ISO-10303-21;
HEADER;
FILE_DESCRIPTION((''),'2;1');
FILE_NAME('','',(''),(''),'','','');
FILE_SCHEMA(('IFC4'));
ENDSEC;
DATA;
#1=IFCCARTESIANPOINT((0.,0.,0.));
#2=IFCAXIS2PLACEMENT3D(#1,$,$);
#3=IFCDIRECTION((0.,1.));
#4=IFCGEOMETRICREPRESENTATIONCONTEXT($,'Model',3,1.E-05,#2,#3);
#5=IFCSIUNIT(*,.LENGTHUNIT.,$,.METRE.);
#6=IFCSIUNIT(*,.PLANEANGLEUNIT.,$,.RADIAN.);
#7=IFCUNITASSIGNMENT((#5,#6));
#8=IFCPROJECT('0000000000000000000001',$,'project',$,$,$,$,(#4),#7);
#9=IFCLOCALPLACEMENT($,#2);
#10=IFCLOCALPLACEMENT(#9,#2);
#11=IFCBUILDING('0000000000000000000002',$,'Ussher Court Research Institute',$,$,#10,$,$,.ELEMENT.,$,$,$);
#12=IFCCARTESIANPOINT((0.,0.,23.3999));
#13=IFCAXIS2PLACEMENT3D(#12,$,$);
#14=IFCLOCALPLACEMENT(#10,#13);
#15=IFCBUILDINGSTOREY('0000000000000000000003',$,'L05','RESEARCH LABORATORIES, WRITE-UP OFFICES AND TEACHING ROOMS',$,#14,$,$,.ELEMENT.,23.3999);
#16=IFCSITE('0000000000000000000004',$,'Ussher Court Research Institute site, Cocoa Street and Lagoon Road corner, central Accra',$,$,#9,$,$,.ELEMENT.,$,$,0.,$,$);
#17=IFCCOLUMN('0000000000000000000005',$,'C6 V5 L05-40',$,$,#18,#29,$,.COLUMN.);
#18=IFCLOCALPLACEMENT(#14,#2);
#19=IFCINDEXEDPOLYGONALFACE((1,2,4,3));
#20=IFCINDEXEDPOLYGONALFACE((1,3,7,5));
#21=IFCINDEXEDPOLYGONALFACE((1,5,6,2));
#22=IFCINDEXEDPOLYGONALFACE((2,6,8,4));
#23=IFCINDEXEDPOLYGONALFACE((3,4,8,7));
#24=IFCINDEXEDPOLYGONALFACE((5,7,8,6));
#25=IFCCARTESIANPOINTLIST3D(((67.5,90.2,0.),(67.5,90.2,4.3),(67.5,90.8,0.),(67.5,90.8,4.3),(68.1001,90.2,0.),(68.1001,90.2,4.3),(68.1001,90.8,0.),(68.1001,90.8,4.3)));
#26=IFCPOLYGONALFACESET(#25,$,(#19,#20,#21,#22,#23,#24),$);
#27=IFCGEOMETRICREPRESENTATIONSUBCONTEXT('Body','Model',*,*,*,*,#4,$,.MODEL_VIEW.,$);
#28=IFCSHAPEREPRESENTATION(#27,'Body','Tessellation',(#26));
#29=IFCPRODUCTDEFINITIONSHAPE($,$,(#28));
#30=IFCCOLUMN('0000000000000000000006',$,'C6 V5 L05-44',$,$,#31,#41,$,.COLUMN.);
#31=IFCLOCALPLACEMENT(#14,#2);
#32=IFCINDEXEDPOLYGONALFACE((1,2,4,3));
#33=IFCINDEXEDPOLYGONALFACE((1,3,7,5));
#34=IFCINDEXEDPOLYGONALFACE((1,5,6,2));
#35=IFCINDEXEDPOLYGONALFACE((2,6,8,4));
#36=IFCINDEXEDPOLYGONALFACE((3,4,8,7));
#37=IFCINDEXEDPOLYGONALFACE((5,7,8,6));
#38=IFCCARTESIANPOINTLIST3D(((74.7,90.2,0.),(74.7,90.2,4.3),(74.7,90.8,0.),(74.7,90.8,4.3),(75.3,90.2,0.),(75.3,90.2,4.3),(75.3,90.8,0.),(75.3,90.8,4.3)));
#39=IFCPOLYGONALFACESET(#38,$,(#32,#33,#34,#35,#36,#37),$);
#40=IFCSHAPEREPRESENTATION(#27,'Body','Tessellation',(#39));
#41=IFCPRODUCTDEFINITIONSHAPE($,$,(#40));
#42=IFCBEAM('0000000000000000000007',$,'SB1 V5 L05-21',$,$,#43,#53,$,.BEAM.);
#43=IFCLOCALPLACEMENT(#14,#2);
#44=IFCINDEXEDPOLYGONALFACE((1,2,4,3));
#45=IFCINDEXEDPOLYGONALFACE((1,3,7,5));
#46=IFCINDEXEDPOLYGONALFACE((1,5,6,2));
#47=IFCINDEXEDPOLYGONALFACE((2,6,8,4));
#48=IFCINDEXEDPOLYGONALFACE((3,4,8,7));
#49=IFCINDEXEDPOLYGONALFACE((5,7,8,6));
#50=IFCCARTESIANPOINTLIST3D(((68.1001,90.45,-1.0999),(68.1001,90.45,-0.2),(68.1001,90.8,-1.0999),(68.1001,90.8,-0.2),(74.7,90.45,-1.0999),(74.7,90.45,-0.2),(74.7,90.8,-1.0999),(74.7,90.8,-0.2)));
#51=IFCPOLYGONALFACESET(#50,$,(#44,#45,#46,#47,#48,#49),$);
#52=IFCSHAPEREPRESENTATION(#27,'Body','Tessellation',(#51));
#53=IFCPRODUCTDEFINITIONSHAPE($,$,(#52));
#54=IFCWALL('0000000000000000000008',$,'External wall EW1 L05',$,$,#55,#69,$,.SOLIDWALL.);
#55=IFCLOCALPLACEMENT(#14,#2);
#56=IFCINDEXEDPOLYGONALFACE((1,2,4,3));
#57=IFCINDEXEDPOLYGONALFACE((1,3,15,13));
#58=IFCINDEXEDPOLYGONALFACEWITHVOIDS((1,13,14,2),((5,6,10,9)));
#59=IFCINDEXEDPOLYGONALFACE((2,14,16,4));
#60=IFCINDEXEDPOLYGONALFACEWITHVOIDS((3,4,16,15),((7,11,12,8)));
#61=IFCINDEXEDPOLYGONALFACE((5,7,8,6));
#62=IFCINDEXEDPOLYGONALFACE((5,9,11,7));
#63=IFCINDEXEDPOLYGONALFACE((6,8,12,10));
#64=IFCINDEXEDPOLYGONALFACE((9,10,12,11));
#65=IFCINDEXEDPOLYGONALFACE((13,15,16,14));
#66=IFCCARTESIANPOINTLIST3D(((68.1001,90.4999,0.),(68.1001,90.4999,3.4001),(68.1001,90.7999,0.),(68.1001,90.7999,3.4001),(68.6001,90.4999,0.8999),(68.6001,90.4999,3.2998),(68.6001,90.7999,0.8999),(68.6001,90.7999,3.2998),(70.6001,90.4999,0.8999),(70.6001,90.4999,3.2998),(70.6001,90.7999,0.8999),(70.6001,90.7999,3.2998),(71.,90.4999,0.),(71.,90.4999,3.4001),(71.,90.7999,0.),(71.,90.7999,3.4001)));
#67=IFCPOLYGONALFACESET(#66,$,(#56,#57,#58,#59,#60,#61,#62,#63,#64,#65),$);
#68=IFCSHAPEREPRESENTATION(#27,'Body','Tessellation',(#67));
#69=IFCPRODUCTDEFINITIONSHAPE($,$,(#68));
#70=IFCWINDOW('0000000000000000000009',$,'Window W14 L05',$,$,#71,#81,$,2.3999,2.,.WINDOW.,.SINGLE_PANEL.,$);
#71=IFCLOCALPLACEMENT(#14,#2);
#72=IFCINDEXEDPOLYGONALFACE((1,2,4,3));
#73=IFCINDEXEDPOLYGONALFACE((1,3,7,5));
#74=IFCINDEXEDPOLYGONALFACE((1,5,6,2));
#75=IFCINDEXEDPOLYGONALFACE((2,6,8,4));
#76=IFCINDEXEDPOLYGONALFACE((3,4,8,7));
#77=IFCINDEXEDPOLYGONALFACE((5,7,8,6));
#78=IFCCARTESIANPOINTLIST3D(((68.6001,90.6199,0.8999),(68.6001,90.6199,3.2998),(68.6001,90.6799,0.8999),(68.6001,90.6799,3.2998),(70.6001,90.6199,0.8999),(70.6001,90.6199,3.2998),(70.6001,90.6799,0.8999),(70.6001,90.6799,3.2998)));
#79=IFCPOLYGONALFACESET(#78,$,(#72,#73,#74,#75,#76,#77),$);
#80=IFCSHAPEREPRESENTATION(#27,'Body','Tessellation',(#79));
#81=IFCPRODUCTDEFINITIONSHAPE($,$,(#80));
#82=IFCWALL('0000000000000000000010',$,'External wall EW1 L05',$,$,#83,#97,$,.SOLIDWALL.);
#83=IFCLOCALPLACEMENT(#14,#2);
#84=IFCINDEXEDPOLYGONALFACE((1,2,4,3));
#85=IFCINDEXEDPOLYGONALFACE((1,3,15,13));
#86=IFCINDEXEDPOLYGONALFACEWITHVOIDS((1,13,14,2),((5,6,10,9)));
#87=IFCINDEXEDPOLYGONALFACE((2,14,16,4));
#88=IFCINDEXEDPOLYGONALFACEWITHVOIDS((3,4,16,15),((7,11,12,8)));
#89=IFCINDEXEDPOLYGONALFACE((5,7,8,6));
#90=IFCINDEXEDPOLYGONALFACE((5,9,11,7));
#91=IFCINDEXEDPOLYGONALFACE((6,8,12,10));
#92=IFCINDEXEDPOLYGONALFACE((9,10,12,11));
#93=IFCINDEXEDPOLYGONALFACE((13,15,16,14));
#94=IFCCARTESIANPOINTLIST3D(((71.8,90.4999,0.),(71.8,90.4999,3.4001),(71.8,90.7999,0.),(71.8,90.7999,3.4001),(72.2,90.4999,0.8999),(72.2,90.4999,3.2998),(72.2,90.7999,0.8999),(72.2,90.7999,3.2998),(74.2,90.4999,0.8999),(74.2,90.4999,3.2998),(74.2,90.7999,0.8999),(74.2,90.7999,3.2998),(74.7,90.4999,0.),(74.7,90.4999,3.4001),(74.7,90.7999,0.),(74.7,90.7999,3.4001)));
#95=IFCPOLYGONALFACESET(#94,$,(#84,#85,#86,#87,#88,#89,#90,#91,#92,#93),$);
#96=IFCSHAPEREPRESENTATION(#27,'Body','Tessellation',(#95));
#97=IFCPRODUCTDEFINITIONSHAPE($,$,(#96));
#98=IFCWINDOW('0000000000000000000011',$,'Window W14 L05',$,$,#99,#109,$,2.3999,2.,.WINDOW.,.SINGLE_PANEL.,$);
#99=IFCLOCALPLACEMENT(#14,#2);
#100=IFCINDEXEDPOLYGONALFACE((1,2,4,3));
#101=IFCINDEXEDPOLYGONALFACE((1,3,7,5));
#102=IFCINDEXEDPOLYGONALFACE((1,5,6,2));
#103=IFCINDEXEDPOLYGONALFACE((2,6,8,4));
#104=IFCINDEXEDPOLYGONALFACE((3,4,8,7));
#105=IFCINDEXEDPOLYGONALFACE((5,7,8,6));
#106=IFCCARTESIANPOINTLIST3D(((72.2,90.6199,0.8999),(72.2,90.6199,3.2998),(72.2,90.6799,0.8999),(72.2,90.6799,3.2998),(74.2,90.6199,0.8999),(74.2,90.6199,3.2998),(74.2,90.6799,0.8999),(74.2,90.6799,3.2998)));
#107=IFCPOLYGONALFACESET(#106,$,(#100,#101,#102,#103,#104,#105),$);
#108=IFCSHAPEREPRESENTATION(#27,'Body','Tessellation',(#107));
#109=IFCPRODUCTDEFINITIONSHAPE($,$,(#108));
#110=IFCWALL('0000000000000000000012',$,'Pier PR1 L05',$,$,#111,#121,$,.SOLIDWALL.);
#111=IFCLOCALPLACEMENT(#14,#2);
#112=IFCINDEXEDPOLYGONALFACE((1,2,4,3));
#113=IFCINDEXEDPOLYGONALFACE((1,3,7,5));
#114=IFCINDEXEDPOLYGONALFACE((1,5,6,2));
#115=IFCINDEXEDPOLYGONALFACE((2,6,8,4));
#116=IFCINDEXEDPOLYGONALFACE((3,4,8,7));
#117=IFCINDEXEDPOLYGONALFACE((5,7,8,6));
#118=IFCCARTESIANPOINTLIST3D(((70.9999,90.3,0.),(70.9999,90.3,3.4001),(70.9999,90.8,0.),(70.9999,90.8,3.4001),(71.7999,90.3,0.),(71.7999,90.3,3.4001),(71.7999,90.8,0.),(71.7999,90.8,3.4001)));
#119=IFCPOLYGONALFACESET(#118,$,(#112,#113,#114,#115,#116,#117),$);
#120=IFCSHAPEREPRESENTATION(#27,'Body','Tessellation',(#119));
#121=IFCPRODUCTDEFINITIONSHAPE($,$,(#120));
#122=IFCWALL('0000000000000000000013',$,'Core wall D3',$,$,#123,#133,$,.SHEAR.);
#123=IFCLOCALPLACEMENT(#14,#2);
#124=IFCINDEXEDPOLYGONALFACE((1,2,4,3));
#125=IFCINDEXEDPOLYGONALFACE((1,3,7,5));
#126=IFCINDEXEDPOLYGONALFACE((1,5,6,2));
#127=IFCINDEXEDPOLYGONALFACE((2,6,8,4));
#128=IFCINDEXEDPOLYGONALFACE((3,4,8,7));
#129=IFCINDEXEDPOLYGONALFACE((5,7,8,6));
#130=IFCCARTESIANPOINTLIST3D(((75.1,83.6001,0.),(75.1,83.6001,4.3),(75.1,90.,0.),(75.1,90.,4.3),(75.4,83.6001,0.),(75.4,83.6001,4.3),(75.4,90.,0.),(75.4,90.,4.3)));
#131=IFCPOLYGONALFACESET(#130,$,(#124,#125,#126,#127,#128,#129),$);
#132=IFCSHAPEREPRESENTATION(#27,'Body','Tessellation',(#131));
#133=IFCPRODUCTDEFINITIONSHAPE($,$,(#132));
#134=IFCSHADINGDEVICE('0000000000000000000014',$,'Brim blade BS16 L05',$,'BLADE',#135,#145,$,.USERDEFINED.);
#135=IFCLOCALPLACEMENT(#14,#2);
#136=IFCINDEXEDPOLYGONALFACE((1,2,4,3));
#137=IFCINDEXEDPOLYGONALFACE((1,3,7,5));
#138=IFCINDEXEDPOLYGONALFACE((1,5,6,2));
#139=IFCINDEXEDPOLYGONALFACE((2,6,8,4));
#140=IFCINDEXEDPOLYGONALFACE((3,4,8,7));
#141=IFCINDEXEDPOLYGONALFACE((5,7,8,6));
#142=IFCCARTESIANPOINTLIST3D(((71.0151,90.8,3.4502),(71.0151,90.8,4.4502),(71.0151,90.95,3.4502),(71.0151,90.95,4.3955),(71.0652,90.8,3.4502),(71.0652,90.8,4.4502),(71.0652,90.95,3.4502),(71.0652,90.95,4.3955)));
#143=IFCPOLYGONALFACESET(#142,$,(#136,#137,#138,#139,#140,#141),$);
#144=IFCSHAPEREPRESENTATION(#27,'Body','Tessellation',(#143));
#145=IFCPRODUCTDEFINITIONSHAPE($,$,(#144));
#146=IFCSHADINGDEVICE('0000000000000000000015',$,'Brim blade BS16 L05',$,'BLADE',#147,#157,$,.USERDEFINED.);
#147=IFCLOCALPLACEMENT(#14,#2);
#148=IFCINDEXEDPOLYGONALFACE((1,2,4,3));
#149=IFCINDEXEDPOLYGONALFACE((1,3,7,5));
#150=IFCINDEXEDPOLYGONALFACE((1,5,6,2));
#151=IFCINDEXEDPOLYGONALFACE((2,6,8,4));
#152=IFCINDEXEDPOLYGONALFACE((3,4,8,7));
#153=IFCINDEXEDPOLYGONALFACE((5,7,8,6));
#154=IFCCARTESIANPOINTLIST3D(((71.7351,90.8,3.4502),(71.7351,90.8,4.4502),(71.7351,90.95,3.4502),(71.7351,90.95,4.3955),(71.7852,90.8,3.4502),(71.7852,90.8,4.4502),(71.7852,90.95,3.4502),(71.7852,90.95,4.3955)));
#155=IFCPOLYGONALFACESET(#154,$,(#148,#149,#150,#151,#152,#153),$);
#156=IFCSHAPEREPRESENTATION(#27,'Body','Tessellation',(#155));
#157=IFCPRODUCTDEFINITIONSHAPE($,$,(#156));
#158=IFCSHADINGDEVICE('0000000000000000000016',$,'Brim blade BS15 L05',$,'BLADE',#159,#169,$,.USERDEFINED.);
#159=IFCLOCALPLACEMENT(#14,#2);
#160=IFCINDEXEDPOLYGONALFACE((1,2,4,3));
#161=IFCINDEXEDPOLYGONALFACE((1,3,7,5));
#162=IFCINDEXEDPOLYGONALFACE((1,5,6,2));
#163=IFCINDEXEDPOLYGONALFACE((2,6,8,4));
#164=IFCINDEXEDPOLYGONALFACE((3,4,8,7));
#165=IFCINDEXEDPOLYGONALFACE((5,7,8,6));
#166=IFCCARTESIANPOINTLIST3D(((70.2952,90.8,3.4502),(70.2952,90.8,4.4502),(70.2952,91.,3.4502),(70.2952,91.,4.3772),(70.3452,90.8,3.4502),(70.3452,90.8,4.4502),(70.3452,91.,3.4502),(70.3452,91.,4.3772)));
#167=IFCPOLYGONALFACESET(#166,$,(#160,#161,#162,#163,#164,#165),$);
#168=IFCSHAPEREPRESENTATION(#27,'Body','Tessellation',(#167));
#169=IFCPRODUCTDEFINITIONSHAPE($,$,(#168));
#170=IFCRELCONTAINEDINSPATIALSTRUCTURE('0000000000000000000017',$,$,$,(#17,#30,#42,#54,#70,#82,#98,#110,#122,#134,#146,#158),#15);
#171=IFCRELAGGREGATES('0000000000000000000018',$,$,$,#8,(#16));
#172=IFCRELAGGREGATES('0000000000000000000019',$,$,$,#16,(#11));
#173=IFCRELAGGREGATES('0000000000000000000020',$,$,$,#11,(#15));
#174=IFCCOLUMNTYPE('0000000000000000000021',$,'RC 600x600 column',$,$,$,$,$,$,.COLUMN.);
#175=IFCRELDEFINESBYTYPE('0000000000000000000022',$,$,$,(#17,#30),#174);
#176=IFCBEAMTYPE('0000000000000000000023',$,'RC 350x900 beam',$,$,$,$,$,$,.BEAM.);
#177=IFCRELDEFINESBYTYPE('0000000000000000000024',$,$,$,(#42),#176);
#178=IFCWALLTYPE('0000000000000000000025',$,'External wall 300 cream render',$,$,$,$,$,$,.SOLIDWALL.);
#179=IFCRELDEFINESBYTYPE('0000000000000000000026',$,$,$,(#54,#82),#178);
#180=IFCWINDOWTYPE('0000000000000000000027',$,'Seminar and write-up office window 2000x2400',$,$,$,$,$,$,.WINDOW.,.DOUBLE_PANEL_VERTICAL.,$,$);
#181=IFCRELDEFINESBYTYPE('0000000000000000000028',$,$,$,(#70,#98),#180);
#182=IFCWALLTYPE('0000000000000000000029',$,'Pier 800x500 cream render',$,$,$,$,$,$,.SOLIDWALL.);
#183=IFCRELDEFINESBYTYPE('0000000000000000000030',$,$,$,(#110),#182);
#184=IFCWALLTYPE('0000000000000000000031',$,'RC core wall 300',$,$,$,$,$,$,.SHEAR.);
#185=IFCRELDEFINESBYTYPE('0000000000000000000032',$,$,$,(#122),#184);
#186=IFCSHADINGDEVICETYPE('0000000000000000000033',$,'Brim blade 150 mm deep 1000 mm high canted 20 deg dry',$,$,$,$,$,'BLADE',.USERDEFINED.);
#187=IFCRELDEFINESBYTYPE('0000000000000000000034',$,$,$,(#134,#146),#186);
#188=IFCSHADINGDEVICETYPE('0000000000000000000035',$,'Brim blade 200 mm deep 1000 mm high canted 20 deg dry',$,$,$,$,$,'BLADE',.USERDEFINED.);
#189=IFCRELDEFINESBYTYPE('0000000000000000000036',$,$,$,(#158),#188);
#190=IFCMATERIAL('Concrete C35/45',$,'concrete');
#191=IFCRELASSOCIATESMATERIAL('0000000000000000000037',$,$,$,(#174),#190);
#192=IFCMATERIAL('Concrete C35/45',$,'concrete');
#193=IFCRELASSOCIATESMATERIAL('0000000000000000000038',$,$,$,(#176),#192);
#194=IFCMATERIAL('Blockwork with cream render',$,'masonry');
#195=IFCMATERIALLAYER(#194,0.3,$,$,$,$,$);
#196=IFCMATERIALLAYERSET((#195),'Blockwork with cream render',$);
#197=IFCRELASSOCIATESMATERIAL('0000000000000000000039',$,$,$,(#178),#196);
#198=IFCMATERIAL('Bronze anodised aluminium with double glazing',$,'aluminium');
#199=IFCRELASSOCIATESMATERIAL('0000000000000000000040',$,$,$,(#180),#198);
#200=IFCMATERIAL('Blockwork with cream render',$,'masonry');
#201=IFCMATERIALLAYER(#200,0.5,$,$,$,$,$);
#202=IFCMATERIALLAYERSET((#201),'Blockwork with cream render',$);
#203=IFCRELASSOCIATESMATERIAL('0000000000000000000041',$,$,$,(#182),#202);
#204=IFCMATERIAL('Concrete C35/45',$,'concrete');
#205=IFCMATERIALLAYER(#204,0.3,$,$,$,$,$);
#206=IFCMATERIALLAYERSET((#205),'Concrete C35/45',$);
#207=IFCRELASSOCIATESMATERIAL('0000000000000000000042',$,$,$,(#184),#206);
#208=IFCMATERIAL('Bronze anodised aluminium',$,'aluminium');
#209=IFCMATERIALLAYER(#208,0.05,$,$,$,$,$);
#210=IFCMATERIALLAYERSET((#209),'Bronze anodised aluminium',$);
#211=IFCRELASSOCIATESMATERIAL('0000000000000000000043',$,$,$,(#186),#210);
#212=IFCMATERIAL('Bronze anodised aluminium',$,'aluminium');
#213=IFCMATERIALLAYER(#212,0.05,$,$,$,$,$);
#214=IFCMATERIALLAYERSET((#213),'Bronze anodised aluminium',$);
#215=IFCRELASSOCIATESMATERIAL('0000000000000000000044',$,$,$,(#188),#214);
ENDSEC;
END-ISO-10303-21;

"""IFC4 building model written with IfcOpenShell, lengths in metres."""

from ifc_helpers import new_model, si_unit, direction, frame, frame_2d, origin, origin_2d, place, context, subcontext, project, spatial, polyline, rectangle, outline, extrude, material, layer, layer_set, material_profile, profile_set, type_object, element, fill, save


model = new_model("IFC4")

# Units and contexts
model_context = context("Model", 3, precision=1e-05, world=origin(), true_north=direction((0.0, 1.0)))
body_context = subcontext(model_context, "Body", "Model", "MODEL_VIEW")
ifc_project = project(units=[si_unit("LENGTHUNIT", "METRE"), si_unit("PLANEANGLEUNIT", "RADIAN")], contexts=[model_context])

# Site, building, storey
site_placement = place(None, origin())
site = spatial("IfcSite", under=ifc_project, at=site_placement, Name="Ussher Court Research Institute site, Cocoa Street and Lagoon Road corner, central Accra", CompositionType="ELEMENT", RefElevation=0.0)
building_placement = place(site_placement, origin())
building = spatial("IfcBuilding", under=site, at=building_placement, Name="Ussher Court Research Institute", CompositionType="ELEMENT")
storey_placement = place(building_placement, frame((0.0, 0.0, 23.3999)))
storey = spatial("IfcBuildingStorey", under=building, at=storey_placement, Name="L05", Description="RESEARCH LABORATORIES, WRITE-UP OFFICES AND TEACHING ROOMS", CompositionType="ELEMENT", Elevation=23.3999)

# Columns
ifc_material_1 = material(Name="Concrete C35/45", Category="concrete")
ifc_material_profile_1 = material_profile(ifc_material_1, rectangle(XDim=0.6001, YDim=0.6001, at=origin_2d()), Name="RC 600x600")
ifc_profile_set_1 = profile_set([ifc_material_profile_1], Name="Concrete C35/45")
column_type = type_object("IfcColumnType", Name="RC 600x600 column", PredefinedType="COLUMN", material=ifc_profile_set_1)
for number, where, z_axis, x_axis, name in (
    (1, (67.8, 90.5, 0.0), (0.0, 0.0, 1.0), (1.0, 0.0, 0.0), "C6 V5 L05-40"),
    (2, (75.0, 90.5, 0.0), (0.0, 0.0, 1.0), (1.0, 0.0, 0.0), "C6 V5 L05-44"),
):
    element("IfcColumn", number, at=place(storey_placement, frame(where, z_axis=z_axis, x_axis=x_axis)), inside=storey, type_object=column_type, Name=name, PredefinedType="COLUMN", context=body_context, shape_type="SweptSolid", body=[
        extrude(rectangle(XDim=0.6001, YDim=0.6001, at=origin_2d()), origin(), (0.0, 0.0, 1.0), 4.3),
    ])

# Beam
ifc_material_2 = material(Name="Concrete C35/45", Category="concrete")
ifc_material_profile_2 = material_profile(ifc_material_2, rectangle(XDim=0.3501, YDim=0.8999, at=origin_2d()), Name="RC 350x900")
ifc_profile_set_2 = profile_set([ifc_material_profile_2], Name="Concrete C35/45")
beam_type = type_object("IfcBeamType", Name="RC 350x900 beam", PredefinedType="BEAM", material=ifc_profile_set_2)
beam_placement = place(storey_placement, frame((68.1001, 90.625, -0.6499), z_axis=(1.0, 0.0, 0.0), x_axis=(0.0, 1.0, 0.0)))
element("IfcBeam", 3, at=beam_placement, inside=storey, type_object=beam_type, Name="SB1 V5 L05-21", PredefinedType="BEAM", context=body_context, shape_type="SweptSolid", body=[
    extrude(rectangle(XDim=0.3501, YDim=0.8999, at=origin_2d()), origin(), (0.0, 0.0, 1.0), 6.5999),
])

# Walls, openings, windows
ifc_material_3 = material(Name="Blockwork with cream render", Category="masonry")
ifc_layer_1 = layer(ifc_material_3, 0.3)
ifc_layer_set_1 = layer_set([ifc_layer_1], Name="Blockwork with cream render")
wall_type_1 = type_object("IfcWallType", Name="External wall 300 cream render", PredefinedType="SOLIDWALL", material=ifc_layer_set_1)
wall_1_placement = place(storey_placement, frame((68.1001, 90.6499, 0.0), z_axis=(0.0, 0.0, 1.0), x_axis=(1.0, 0.0, 0.0)))
wall_1 = element("IfcWall", 4, at=wall_1_placement, inside=storey, type_object=wall_type_1, Name="External wall EW1 L05", PredefinedType="SOLIDWALL", context=body_context, shape_type="SweptSolid", body=[
    extrude(rectangle(XDim=2.8999, YDim=0.3, at=frame_2d((1.45, 0.0))), origin(), (0.0, 0.0, 1.0), 3.4001),
])
opening_1_placement = place(wall_1_placement, frame((0.5, 0.0, 0.8999)))
opening_1 = element("IfcOpeningElement", 5, at=opening_1_placement, cuts=wall_1, PredefinedType="OPENING", context=body_context, shape_type="SweptSolid", body=[
    extrude(rectangle(XDim=2.0, YDim=2.3999, at=frame_2d((1.0, 1.2))), frame((0.0, 0.1602, 0.0), z_axis=(0.0, -1.0, 0.0), x_axis=(1.0, 0.0, 0.0)), (0.0, 0.0, 1.0), 0.3201),
])
ifc_material_4 = material(Name="Bronze anodised aluminium with double glazing", Category="aluminium")
window_type = type_object("IfcWindowType", Name="Seminar and write-up office window 2000x2400", PartitioningType="DOUBLE_PANEL_VERTICAL", PredefinedType="WINDOW", material=ifc_material_4)
window_1_placement = place(opening_1_placement, origin())
window_1 = element("IfcWindow", 6, at=window_1_placement, inside=storey, type_object=window_type, Name="Window W14 L05", OverallHeight=2.3999, OverallWidth=2.0, PartitioningType="SINGLE_PANEL", PredefinedType="WINDOW", context=body_context, shape_type="SweptSolid", body=[
    extrude(rectangle(XDim=2.0, YDim=2.3999, at=frame_2d((1.0, 1.2))), frame((0.0, 0.03, 0.0), z_axis=(0.0, -1.0, 0.0), x_axis=(1.0, 0.0, 0.0)), (0.0, 0.0, 1.0), 0.0601),
])
fill(opening_1, window_1)
wall_2_placement = place(storey_placement, frame((71.8, 90.6499, 0.0), z_axis=(0.0, 0.0, 1.0), x_axis=(1.0, 0.0, 0.0)))
wall_2 = element("IfcWall", 7, at=wall_2_placement, inside=storey, type_object=wall_type_1, Name="External wall EW1 L05", PredefinedType="SOLIDWALL", context=body_context, shape_type="SweptSolid", body=[
    extrude(rectangle(XDim=2.8999, YDim=0.3, at=frame_2d((1.45, 0.0))), origin(), (0.0, 0.0, 1.0), 3.4001),
])
opening_2_placement = place(wall_2_placement, frame((0.3999, 0.0, 0.8999)))
opening_2 = element("IfcOpeningElement", 8, at=opening_2_placement, cuts=wall_2, PredefinedType="OPENING", context=body_context, shape_type="SweptSolid", body=[
    extrude(rectangle(XDim=2.0, YDim=2.3999, at=frame_2d((1.0, 1.2))), frame((0.0, 0.1602, 0.0), z_axis=(0.0, -1.0, 0.0), x_axis=(1.0, 0.0, 0.0)), (0.0, 0.0, 1.0), 0.3201),
])
window_2_placement = place(opening_2_placement, origin())
window_2 = element("IfcWindow", 9, at=window_2_placement, inside=storey, type_object=window_type, Name="Window W14 L05", OverallHeight=2.3999, OverallWidth=2.0, PartitioningType="SINGLE_PANEL", PredefinedType="WINDOW", context=body_context, shape_type="SweptSolid", body=[
    extrude(rectangle(XDim=2.0, YDim=2.3999, at=frame_2d((1.0, 1.2))), frame((0.0, 0.03, 0.0), z_axis=(0.0, -1.0, 0.0), x_axis=(1.0, 0.0, 0.0)), (0.0, 0.0, 1.0), 0.0601),
])
fill(opening_2, window_2)

# Walls
ifc_material_5 = material(Name="Blockwork with cream render", Category="masonry")
ifc_layer_2 = layer(ifc_material_5, 0.5)
ifc_layer_set_2 = layer_set([ifc_layer_2], Name="Blockwork with cream render")
wall_type_2 = type_object("IfcWallType", Name="Pier 800x500 cream render", PredefinedType="SOLIDWALL", material=ifc_layer_set_2)
wall_3_placement = place(storey_placement, frame((71.0, 90.55, 0.0), z_axis=(0.0, 0.0, 1.0), x_axis=(1.0, 0.0, 0.0)))
element("IfcWall", 10, at=wall_3_placement, inside=storey, type_object=wall_type_2, Name="Pier PR1 L05", PredefinedType="SOLIDWALL", context=body_context, shape_type="SweptSolid", body=[
    extrude(rectangle(XDim=0.8, YDim=0.5, at=frame_2d((0.3999, 0.0))), origin(), (0.0, 0.0, 1.0), 3.4001),
])
ifc_material_6 = material(Name="Concrete C35/45", Category="concrete")
ifc_layer_3 = layer(ifc_material_6, 0.3)
ifc_layer_set_3 = layer_set([ifc_layer_3], Name="Concrete C35/45")
wall_type_3 = type_object("IfcWallType", Name="RC core wall 300", PredefinedType="SHEAR", material=ifc_layer_set_3)
wall_4_placement = place(storey_placement, frame((75.25, 83.6001, 0.0), z_axis=(0.0, 0.0, 1.0), x_axis=(0.0, 1.0, 0.0)))
element("IfcWall", 11, at=wall_4_placement, inside=storey, type_object=wall_type_3, Name="Core wall D3", PredefinedType="SHEAR", context=body_context, shape_type="SweptSolid", body=[
    extrude(rectangle(XDim=6.3999, YDim=0.3, at=frame_2d((3.2, 0.0))), origin(), (0.0, 0.0, 1.0), 4.3),
])

# Shading devices
ifc_material_7 = material(Name="Bronze anodised aluminium", Category="aluminium")
ifc_layer_4 = layer(ifc_material_7, 0.05)
ifc_layer_set_4 = layer_set([ifc_layer_4], Name="Bronze anodised aluminium")
shading_device_type_1 = type_object("IfcShadingDeviceType", Name="Brim blade 150 mm deep 1000 mm high canted 20 deg dry", ElementType="BLADE", PredefinedType="USERDEFINED", material=ifc_layer_set_4)
for number, where, z_axis, x_axis, name in (
    (12, (71.04, 90.8, 3.4502), (0.0, 0.0, 1.0), (0.0, 1.0, 0.0), "Brim blade BS16 L05"),
    (13, (71.76, 90.8, 3.4502), (0.0, 0.0, 1.0), (0.0, 1.0, 0.0), "Brim blade BS16 L05"),
):
    element("IfcShadingDevice", number, at=place(storey_placement, frame(where, z_axis=z_axis, x_axis=x_axis)), inside=storey, type_object=shading_device_type_1, Name=name, ObjectType="BLADE", PredefinedType="USERDEFINED", context=body_context, shape_type="SweptSolid", body=[
        extrude(outline(polyline([(0.0, 0.0), (0.1499, 0.0), (0.1499, 0.9453), (0.0, 1.0), (0.0, 0.0)])), frame((0.0, 0.0249, 0.0), z_axis=(0.0, -1.0, 0.0), x_axis=(1.0, 0.0, 0.0)), (0.0, 0.0, 1.0), 0.05),
    ])
ifc_material_8 = material(Name="Bronze anodised aluminium", Category="aluminium")
ifc_layer_5 = layer(ifc_material_8, 0.05)
ifc_layer_set_5 = layer_set([ifc_layer_5], Name="Bronze anodised aluminium")
shading_device_type_2 = type_object("IfcShadingDeviceType", Name="Brim blade 200 mm deep 1000 mm high canted 20 deg dry", ElementType="BLADE", PredefinedType="USERDEFINED", material=ifc_layer_set_5)
for number, where, z_axis, x_axis, name in (
    (14, (70.3201, 90.8, 3.4502), (0.0, 0.0, 1.0), (0.0, 1.0, 0.0), "Brim blade BS15 L05"),
):
    element("IfcShadingDevice", number, at=place(storey_placement, frame(where, z_axis=z_axis, x_axis=x_axis)), inside=storey, type_object=shading_device_type_2, Name=name, ObjectType="BLADE", PredefinedType="USERDEFINED", context=body_context, shape_type="SweptSolid", body=[
        extrude(outline(polyline([(0.0, 0.0), (0.2, 0.0), (0.2, 0.927), (0.0, 1.0), (0.0, 0.0)])), frame((0.0, 0.0249, 0.0), z_axis=(0.0, -1.0, 0.0), x_axis=(1.0, 0.0, 0.0)), (0.0, 0.0, 1.0), 0.05),
    ])

save(model, "model.ifc")
